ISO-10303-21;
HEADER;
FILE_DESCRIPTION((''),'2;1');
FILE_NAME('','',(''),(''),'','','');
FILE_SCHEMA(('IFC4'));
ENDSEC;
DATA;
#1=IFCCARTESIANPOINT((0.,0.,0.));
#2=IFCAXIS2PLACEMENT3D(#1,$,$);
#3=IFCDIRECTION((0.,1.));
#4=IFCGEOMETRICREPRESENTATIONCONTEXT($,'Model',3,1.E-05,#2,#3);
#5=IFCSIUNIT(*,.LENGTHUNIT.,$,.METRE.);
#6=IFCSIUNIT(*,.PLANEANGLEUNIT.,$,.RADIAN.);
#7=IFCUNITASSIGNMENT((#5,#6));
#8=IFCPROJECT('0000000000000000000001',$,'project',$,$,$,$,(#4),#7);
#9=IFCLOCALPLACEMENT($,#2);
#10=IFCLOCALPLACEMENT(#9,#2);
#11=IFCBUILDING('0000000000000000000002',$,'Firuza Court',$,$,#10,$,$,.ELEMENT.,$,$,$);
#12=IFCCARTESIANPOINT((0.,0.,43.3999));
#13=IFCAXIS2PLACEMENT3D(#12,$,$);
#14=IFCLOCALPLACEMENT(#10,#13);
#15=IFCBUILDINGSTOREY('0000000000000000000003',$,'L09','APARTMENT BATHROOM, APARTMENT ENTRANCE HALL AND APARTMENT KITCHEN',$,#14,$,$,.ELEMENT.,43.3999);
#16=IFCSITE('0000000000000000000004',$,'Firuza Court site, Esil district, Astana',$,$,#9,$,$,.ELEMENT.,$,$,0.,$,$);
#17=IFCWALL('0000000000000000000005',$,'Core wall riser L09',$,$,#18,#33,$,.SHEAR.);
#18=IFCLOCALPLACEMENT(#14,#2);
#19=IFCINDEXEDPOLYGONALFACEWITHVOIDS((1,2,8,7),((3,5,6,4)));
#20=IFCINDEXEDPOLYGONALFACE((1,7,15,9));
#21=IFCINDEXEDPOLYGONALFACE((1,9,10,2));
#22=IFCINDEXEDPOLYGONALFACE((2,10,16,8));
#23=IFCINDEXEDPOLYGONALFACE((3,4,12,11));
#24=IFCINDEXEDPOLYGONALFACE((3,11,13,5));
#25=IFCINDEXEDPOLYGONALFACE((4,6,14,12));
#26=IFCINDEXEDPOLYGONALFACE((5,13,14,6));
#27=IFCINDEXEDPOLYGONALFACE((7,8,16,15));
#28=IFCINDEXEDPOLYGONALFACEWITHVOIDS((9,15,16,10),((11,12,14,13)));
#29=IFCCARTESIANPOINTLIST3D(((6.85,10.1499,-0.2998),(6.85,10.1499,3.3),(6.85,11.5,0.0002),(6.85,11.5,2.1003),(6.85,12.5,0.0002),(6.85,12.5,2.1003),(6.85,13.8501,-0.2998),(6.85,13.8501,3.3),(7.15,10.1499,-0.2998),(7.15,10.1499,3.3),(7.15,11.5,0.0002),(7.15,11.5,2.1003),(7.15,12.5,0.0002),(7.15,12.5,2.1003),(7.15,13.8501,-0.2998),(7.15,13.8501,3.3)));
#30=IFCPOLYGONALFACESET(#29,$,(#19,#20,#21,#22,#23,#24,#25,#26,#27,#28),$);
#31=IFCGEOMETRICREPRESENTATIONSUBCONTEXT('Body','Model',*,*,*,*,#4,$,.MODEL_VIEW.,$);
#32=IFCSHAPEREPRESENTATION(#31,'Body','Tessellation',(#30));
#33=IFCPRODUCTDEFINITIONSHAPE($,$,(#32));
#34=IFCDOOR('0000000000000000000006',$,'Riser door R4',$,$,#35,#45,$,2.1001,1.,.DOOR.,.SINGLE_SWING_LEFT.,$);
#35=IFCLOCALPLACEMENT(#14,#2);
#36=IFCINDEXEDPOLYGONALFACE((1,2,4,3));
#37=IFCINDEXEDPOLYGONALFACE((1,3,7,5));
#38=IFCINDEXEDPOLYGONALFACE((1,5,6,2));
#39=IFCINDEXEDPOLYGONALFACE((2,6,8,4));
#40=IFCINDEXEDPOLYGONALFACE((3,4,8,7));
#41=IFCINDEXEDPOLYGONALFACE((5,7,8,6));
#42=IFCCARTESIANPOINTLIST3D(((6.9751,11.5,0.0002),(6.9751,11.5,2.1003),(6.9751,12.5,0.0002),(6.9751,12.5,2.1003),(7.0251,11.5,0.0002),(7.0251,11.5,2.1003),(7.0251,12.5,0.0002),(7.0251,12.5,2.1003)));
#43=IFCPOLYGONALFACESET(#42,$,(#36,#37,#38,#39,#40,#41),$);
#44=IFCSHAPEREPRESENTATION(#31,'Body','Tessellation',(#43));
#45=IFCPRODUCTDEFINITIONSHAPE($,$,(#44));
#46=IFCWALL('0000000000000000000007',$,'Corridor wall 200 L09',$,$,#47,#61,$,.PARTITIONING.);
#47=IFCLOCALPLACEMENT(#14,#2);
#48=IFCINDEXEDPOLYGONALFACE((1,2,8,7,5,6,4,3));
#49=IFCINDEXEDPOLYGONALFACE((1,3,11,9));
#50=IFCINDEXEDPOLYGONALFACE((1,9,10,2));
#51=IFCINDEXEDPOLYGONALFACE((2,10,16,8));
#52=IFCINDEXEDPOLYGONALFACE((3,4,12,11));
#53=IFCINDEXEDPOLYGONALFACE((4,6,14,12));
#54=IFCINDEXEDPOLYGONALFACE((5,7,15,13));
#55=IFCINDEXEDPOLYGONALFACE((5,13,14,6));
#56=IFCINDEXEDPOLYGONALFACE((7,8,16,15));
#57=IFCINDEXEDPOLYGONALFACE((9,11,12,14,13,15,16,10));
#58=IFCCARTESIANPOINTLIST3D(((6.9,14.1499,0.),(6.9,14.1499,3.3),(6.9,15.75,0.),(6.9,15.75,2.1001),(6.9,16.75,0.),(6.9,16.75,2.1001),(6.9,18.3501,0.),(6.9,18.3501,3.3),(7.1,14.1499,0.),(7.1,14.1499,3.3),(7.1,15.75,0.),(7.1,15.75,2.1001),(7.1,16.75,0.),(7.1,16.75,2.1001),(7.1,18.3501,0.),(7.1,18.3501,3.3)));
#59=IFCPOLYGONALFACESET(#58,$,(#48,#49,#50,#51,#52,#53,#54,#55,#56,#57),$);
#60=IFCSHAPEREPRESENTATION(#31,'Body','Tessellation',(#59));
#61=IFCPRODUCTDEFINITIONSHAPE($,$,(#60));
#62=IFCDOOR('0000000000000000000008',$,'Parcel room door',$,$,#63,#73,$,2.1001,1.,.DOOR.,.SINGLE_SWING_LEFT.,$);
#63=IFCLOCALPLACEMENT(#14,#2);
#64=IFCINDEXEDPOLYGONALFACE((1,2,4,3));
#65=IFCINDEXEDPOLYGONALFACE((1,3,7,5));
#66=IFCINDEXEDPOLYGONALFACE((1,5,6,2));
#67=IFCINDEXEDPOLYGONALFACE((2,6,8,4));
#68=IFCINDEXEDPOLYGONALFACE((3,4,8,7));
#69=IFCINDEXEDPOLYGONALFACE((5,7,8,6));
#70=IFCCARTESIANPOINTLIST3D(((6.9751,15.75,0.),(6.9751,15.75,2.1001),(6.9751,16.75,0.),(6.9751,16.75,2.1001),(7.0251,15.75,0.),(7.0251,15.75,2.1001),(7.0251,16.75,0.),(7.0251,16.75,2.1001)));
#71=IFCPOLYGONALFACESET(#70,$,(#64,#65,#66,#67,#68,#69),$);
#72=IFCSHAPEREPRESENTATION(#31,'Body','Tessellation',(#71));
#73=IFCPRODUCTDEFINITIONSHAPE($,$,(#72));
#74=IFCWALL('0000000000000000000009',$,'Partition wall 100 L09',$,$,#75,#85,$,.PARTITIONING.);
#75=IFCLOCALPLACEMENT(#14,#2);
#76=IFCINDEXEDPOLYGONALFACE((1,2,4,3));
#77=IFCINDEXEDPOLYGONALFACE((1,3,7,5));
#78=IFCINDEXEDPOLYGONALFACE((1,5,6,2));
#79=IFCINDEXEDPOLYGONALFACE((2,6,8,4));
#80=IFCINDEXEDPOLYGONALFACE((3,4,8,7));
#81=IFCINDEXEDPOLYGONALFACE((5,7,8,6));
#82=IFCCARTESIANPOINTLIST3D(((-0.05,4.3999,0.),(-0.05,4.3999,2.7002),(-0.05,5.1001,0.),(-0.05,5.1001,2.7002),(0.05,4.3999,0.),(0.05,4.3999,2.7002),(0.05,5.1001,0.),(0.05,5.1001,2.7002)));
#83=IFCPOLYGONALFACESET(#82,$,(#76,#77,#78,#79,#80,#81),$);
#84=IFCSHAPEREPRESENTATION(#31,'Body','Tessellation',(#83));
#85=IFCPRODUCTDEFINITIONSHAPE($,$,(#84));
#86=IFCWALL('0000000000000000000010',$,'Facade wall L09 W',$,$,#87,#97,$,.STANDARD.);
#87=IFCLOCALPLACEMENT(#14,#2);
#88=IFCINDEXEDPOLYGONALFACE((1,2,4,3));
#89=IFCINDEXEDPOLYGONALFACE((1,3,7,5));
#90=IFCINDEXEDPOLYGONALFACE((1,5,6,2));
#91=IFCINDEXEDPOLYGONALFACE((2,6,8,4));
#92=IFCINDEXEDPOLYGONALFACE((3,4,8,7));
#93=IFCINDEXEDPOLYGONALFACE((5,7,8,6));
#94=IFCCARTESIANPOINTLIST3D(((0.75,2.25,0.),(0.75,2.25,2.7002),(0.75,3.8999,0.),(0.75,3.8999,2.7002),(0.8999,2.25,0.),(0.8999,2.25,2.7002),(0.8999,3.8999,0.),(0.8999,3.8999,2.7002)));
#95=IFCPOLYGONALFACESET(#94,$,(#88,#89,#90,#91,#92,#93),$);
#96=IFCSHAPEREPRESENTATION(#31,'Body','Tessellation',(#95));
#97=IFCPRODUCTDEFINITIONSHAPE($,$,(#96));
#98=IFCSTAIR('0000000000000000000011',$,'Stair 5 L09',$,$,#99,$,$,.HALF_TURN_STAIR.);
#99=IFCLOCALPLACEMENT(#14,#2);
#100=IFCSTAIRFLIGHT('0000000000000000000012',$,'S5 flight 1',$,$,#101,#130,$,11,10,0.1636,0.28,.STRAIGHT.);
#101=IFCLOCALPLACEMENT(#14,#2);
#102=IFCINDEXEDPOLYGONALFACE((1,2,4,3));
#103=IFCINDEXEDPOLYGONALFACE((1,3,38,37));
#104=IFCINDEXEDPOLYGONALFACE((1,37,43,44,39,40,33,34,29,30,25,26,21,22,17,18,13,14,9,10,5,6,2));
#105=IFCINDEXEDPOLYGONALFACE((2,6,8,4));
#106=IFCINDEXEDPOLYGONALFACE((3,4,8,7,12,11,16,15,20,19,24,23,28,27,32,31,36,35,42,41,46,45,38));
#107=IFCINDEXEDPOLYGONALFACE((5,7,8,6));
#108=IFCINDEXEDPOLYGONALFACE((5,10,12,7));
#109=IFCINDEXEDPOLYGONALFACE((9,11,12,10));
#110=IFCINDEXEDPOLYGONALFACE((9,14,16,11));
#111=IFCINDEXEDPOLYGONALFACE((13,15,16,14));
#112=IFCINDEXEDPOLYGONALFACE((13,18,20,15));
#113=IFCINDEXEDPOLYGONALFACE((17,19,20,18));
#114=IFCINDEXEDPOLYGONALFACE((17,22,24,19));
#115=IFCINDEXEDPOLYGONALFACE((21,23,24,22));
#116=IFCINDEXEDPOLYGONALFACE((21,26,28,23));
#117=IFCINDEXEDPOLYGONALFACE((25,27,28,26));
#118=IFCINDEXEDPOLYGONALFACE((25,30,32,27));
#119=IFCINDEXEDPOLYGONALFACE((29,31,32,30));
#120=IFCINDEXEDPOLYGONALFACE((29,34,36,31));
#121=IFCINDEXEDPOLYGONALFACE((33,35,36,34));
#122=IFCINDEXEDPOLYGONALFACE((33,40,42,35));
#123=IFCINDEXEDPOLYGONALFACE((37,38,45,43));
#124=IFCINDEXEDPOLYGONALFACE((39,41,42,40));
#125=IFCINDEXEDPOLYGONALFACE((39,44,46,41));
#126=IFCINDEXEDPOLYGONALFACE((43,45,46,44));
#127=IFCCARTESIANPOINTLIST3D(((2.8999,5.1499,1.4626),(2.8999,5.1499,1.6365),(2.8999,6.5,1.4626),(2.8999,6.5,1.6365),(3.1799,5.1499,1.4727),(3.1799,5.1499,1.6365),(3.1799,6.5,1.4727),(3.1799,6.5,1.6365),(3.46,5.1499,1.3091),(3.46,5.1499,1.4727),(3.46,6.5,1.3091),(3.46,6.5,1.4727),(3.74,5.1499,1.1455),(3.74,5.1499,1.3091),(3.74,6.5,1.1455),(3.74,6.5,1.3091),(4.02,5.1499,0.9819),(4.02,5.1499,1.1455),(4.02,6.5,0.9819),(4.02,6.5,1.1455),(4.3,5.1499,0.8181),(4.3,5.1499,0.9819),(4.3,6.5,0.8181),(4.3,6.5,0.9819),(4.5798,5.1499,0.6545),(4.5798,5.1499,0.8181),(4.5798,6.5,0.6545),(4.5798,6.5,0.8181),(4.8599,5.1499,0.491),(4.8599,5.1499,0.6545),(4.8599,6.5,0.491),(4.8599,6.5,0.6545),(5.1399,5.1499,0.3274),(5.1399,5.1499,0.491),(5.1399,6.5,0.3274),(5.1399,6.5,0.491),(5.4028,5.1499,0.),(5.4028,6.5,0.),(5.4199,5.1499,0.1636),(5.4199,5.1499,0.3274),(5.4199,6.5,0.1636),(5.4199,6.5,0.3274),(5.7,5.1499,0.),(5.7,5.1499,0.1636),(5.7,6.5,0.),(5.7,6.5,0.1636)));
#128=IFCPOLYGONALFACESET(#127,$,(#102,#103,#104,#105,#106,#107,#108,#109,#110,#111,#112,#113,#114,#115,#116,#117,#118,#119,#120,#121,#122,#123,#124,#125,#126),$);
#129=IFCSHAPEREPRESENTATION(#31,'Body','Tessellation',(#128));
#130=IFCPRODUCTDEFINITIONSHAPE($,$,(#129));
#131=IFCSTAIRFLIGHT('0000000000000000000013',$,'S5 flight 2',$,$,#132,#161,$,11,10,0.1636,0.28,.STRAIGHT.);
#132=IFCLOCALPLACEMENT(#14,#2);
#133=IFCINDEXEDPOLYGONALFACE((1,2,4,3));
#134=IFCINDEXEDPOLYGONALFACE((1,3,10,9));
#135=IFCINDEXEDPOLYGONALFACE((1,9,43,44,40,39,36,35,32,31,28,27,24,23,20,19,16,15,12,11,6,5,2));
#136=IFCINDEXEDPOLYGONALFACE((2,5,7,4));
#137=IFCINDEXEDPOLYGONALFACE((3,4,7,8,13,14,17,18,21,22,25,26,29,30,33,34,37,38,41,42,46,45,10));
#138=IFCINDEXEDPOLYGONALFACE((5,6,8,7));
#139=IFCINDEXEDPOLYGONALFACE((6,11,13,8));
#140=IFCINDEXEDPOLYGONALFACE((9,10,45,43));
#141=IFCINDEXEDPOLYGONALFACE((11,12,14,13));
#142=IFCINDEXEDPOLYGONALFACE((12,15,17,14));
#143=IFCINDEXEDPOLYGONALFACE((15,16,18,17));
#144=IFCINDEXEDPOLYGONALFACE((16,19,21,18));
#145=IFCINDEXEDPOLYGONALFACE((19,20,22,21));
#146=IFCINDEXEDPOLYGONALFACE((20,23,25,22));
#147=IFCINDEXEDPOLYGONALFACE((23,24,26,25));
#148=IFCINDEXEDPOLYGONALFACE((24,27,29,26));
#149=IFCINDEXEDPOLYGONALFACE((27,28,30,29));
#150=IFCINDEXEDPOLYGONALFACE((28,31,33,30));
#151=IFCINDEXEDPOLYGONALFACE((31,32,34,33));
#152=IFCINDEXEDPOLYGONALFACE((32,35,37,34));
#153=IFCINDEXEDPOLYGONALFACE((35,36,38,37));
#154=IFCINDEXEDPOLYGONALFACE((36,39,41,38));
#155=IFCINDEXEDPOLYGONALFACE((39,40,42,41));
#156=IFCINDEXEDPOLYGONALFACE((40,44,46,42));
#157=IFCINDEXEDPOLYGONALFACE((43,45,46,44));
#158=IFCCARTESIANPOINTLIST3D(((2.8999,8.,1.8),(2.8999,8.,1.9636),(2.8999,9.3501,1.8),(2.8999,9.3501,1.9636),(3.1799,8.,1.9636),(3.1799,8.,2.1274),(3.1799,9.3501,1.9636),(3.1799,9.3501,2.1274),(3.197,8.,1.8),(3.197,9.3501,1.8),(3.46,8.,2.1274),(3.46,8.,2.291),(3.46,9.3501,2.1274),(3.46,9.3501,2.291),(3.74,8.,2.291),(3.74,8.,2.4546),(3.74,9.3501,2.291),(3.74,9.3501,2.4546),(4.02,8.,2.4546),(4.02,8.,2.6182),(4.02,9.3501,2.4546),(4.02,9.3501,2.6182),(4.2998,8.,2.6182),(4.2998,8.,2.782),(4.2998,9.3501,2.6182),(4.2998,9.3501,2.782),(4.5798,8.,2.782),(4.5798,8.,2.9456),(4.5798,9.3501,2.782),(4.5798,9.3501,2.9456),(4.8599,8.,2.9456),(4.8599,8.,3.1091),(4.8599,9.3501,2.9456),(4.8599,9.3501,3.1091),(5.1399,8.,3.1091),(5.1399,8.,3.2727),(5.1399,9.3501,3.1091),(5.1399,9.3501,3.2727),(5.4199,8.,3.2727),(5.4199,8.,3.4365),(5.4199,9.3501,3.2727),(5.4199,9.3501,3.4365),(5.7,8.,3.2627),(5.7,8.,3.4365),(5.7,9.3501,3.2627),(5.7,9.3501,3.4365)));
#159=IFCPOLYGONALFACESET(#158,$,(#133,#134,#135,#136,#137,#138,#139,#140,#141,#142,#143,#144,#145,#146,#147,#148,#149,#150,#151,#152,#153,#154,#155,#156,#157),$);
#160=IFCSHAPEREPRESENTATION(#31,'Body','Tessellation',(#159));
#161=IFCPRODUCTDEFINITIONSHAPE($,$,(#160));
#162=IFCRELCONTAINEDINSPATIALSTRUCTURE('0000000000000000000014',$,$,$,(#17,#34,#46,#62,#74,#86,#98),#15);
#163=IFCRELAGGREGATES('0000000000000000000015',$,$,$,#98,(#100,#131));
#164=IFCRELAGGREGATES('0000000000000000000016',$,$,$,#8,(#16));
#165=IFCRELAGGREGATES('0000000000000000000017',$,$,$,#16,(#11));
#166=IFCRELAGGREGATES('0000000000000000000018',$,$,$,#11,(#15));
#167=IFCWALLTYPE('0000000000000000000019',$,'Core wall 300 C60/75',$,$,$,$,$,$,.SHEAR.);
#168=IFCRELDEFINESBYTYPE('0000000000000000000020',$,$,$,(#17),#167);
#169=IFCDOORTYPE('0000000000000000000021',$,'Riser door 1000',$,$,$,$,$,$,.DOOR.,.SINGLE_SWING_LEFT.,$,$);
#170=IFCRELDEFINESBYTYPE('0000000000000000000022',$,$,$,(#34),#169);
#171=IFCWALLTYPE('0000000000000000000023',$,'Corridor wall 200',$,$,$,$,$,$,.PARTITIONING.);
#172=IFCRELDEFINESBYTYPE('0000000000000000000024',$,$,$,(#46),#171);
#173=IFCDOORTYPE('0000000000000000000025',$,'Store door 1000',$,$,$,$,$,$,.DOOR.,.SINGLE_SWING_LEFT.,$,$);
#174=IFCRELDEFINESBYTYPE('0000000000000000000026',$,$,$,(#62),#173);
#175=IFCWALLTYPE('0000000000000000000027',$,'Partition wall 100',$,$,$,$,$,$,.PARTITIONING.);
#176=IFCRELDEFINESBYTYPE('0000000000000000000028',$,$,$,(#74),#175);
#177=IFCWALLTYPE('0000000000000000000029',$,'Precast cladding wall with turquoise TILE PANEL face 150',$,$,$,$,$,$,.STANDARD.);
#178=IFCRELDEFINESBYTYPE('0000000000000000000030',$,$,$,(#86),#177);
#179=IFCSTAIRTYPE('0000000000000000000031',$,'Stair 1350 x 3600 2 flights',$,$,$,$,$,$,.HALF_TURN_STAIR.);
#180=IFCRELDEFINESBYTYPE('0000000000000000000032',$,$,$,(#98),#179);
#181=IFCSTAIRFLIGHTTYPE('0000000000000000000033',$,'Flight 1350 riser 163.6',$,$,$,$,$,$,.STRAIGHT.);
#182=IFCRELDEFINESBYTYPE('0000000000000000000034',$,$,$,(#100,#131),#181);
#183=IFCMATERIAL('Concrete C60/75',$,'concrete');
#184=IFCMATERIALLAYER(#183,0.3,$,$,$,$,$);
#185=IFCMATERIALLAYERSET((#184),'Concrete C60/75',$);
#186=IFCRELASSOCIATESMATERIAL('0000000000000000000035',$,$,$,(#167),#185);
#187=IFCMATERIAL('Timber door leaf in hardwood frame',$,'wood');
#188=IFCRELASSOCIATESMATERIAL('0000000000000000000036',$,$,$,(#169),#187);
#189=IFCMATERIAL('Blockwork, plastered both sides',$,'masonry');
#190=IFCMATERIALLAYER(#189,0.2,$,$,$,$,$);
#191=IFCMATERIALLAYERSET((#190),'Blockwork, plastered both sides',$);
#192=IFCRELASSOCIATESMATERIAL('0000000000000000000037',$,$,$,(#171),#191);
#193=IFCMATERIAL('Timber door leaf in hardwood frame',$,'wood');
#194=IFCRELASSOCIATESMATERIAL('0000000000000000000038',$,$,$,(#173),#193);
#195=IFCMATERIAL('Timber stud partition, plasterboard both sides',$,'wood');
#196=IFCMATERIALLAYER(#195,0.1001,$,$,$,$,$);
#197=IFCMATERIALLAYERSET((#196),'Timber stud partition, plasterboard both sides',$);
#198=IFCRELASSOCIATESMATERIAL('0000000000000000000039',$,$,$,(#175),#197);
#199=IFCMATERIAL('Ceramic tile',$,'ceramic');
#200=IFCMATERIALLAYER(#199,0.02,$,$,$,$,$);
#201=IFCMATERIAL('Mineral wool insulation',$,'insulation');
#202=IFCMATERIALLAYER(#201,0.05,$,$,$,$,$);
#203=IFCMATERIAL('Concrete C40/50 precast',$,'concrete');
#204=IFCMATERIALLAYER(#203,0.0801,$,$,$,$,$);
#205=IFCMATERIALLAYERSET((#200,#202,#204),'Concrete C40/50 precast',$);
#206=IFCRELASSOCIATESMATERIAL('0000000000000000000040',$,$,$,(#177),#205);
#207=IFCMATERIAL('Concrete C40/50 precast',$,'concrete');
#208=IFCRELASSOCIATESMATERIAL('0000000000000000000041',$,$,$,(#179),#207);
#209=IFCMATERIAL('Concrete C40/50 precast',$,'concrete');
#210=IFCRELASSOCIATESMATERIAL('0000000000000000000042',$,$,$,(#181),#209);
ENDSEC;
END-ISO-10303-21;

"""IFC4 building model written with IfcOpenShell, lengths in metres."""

from ifc_helpers import new_model, si_unit, direction, frame, frame_2d, origin, place, context, subcontext, project, spatial, polyline, rectangle, outline, extrude, material, layer, layer_set, type_object, element, fill, aggregate, save


model = new_model("IFC4")

# Units and contexts
model_context = context("Model", 3, precision=1e-05, world=origin(), true_north=direction((0.0, 1.0)))
body_context = subcontext(model_context, "Body", "Model", "MODEL_VIEW")
ifc_project = project(units=[si_unit("LENGTHUNIT", "METRE"), si_unit("PLANEANGLEUNIT", "RADIAN")], contexts=[model_context])

# Site, building, storey
site_placement = place(None, origin())
site = spatial("IfcSite", under=ifc_project, at=site_placement, Name="Firuza Court site, Esil district, Astana", CompositionType="ELEMENT", RefElevation=0.0)
building_placement = place(site_placement, origin())
building = spatial("IfcBuilding", under=site, at=building_placement, Name="Firuza Court", CompositionType="ELEMENT")
storey_placement = place(building_placement, frame((0.0, 0.0, 43.3999)))
storey = spatial("IfcBuildingStorey", under=building, at=storey_placement, Name="L09", Description="APARTMENT BATHROOM, APARTMENT ENTRANCE HALL AND APARTMENT KITCHEN", CompositionType="ELEMENT", Elevation=43.3999)

# Shared definitions
ifc_material_1 = material(Name="Concrete C60/75", Category="concrete")
ifc_layer_1 = layer(ifc_material_1, 0.3)
ifc_layer_set_1 = layer_set([ifc_layer_1], Name="Concrete C60/75")
wall_type_1 = type_object("IfcWallType", Name="Core wall 300 C60/75", PredefinedType="SHEAR", material=ifc_layer_set_1)

# Walls, openings, doors
wall_1_placement = place(storey_placement, frame((7.0, 10.1499, -0.2998), z_axis=(0.0, 0.0, 1.0), x_axis=(0.0, 1.0, 0.0)))
wall_1 = element("IfcWall", 1, at=wall_1_placement, inside=storey, type_object=wall_type_1, Name="Core wall riser L09", PredefinedType="SHEAR", context=body_context, shape_type="SweptSolid", body=[
    extrude(rectangle(XDim=3.7002, YDim=0.3, at=frame_2d((1.8501, 0.0))), origin(), (0.0, 0.0, 1.0), 3.5999),
])
opening_1_placement = place(wall_1_placement, frame((1.3501, 0.0, 0.3)))
opening_1 = element("IfcOpeningElement", 2, at=opening_1_placement, cuts=wall_1, PredefinedType="OPENING", context=body_context, shape_type="SweptSolid", body=[
    extrude(rectangle(XDim=1.0, YDim=2.1001, at=frame_2d((0.5, 1.05))), frame((0.0, 0.1621, 0.0), z_axis=(0.0, -1.0, 0.0), x_axis=(1.0, 0.0, 0.0)), (0.0, 0.0, 1.0), 0.324),
])
ifc_material_2 = material(Name="Timber door leaf in hardwood frame", Category="wood")
door_type_1 = type_object("IfcDoorType", Name="Riser door 1000", OperationType="SINGLE_SWING_LEFT", PredefinedType="DOOR", material=ifc_material_2)
door_1_placement = place(opening_1_placement, origin())
door_1 = element("IfcDoor", 3, at=door_1_placement, inside=storey, type_object=door_type_1, Name="Riser door R4", OperationType="SINGLE_SWING_LEFT", OverallHeight=2.1001, OverallWidth=1.0, PredefinedType="DOOR", context=body_context, shape_type="SweptSolid", body=[
    extrude(rectangle(XDim=1.0, YDim=2.1001, at=frame_2d((0.5, 1.05))), frame((0.0, 0.0249, 0.0), z_axis=(0.0, -1.0, 0.0), x_axis=(1.0, 0.0, 0.0)), (0.0, 0.0, 1.0), 0.05),
])
fill(opening_1, door_1)
ifc_material_3 = material(Name="Blockwork, plastered both sides", Category="masonry")
ifc_layer_2 = layer(ifc_material_3, 0.2)
ifc_layer_set_2 = layer_set([ifc_layer_2], Name="Blockwork, plastered both sides")
wall_type_2 = type_object("IfcWallType", Name="Corridor wall 200", PredefinedType="PARTITIONING", material=ifc_layer_set_2)
wall_2_placement = place(storey_placement, frame((7.0, 14.1499, 0.0), z_axis=(0.0, 0.0, 1.0), x_axis=(0.0, 1.0, 0.0)))
wall_2 = element("IfcWall", 4, at=wall_2_placement, inside=storey, type_object=wall_type_2, Name="Corridor wall 200 L09", PredefinedType="PARTITIONING", context=body_context, shape_type="SweptSolid", body=[
    extrude(rectangle(XDim=4.2002, YDim=0.2, at=frame_2d((2.1001, 0.0))), origin(), (0.0, 0.0, 1.0), 3.3),
])
opening_2_placement = place(wall_2_placement, frame((1.6001, 0.0, 0.0)))
opening_2 = element("IfcOpeningElement", 5, at=opening_2_placement, cuts=wall_2, PredefinedType="OPENING", context=body_context, shape_type="SweptSolid", body=[
    extrude(rectangle(XDim=1.0, YDim=2.1001, at=frame_2d((0.5, 1.05))), frame((0.0, 0.1118, 0.0), z_axis=(0.0, -1.0, 0.0), x_axis=(1.0, 0.0, 0.0)), (0.0, 0.0, 1.0), 0.2239),
])
ifc_material_4 = material(Name="Timber door leaf in hardwood frame", Category="wood")
door_type_2 = type_object("IfcDoorType", Name="Store door 1000", OperationType="SINGLE_SWING_LEFT", PredefinedType="DOOR", material=ifc_material_4)
door_2_placement = place(opening_2_placement, origin())
door_2 = element("IfcDoor", 6, at=door_2_placement, inside=storey, type_object=door_type_2, Name="Parcel room door", OperationType="SINGLE_SWING_LEFT", OverallHeight=2.1001, OverallWidth=1.0, PredefinedType="DOOR", context=body_context, shape_type="SweptSolid", body=[
    extrude(rectangle(XDim=1.0, YDim=2.1001, at=frame_2d((0.5, 1.05))), frame((0.0, 0.0249, 0.0), z_axis=(0.0, -1.0, 0.0), x_axis=(1.0, 0.0, 0.0)), (0.0, 0.0, 1.0), 0.05),
])
fill(opening_2, door_2)

# Walls
ifc_material_5 = material(Name="Timber stud partition, plasterboard both sides", Category="wood")
ifc_layer_3 = layer(ifc_material_5, 0.1001)
ifc_layer_set_3 = layer_set([ifc_layer_3], Name="Timber stud partition, plasterboard both sides")
wall_type_3 = type_object("IfcWallType", Name="Partition wall 100", PredefinedType="PARTITIONING", material=ifc_layer_set_3)
wall_3_placement = place(storey_placement, frame((0.0, 4.3999, 0.0), z_axis=(0.0, 0.0, 1.0), x_axis=(0.0, 1.0, 0.0)))
element("IfcWall", 7, at=wall_3_placement, inside=storey, type_object=wall_type_3, Name="Partition wall 100 L09", PredefinedType="PARTITIONING", context=body_context, shape_type="SweptSolid", body=[
    extrude(rectangle(XDim=0.7002, YDim=0.1001, at=frame_2d((0.3501, 0.0))), origin(), (0.0, 0.0, 1.0), 2.7002),
])
ifc_material_6 = material(Name="Ceramic tile", Category="ceramic")
ifc_layer_4 = layer(ifc_material_6, 0.02)
ifc_material_7 = material(Name="Mineral wool insulation", Category="insulation")
ifc_layer_5 = layer(ifc_material_7, 0.05)
ifc_material_8 = material(Name="Concrete C40/50 precast", Category="concrete")
ifc_layer_6 = layer(ifc_material_8, 0.0801)
ifc_layer_set_4 = layer_set([ifc_layer_4, ifc_layer_5, ifc_layer_6], Name="Concrete C40/50 precast")
wall_type_4 = type_object("IfcWallType", Name="Precast cladding wall with turquoise TILE PANEL face 150", PredefinedType="STANDARD", material=ifc_layer_set_4)
wall_4_placement = place(storey_placement, frame((0.825, 3.8999, 0.0), z_axis=(0.0, 0.0, 1.0), x_axis=(0.0, -1.0, 0.0)))
element("IfcWall", 8, at=wall_4_placement, inside=storey, type_object=wall_type_4, Name="Facade wall L09 W", PredefinedType="STANDARD", context=body_context, shape_type="SweptSolid", body=[
    extrude(rectangle(XDim=1.6499, YDim=0.1499, at=frame_2d((0.825, 0.0))), origin(), (0.0, 0.0, 1.0), 2.7002),
])

# Stair, stair flights
ifc_material_9 = material(Name="Concrete C40/50 precast", Category="concrete")
stair_type = type_object("IfcStairType", Name="Stair 1350 x 3600 2 flights", PredefinedType="HALF_TURN_STAIR", material=ifc_material_9)
stair_placement = place(storey_placement, origin())
stair = element("IfcStair", 9, at=stair_placement, inside=storey, type_object=stair_type, Name="Stair 5 L09", PredefinedType="HALF_TURN_STAIR")
ifc_material_10 = material(Name="Concrete C40/50 precast", Category="concrete")
stair_flight_type = type_object("IfcStairFlightType", Name="Flight 1350 riser 163.6", PredefinedType="STRAIGHT", material=ifc_material_10)
stair_flight_1_placement = place(storey_placement, frame((5.7, 5.825, 0.0), z_axis=(0.0, 0.0, 1.0), x_axis=(-1.0, 0.0, 0.0)))
stair_flight_1 = element("IfcStairFlight", 10, at=stair_flight_1_placement, type_object=stair_flight_type, Name="S5 flight 1", NumberOfRisers=11, NumberOfTreads=10, PredefinedType="STRAIGHT", RiserHeight=0.1636, TreadLength=0.28, context=body_context, shape_type="SweptSolid", body=[
    extrude(outline(polyline([(0.0, 0.0), (0.0, 0.1636), (0.28, 0.1636), (0.28, 0.3274), (0.5601, 0.3274), (0.5601, 0.491), (0.8401, 0.491), (0.8401, 0.6545), (1.1201, 0.6545), (1.1201, 0.8181), (1.3999, 0.8181), (1.3999, 0.9819), (1.6799, 0.9819), (1.6799, 1.1455), (1.96, 1.1455), (1.96, 1.3091), (2.24, 1.3091), (2.24, 1.4727), (2.52, 1.4727), (2.52, 1.6365), (2.8, 1.6365), (2.8, 1.8), (2.8, 1.4626), (0.2971, 0.0), (0.0, 0.0)])), frame((0.0, 0.675, 0.0), z_axis=(0.0, -1.0, 0.0), x_axis=(1.0, 0.0, 0.0)), (0.0, 0.0, 1.0), 1.3501),
])
stair_flight_2_placement = place(storey_placement, frame((2.8999, 8.675, 1.8), z_axis=(0.0, 0.0, 1.0), x_axis=(1.0, 0.0, 0.0)))
stair_flight_2 = element("IfcStairFlight", 11, at=stair_flight_2_placement, type_object=stair_flight_type, Name="S5 flight 2", NumberOfRisers=11, NumberOfTreads=10, PredefinedType="STRAIGHT", RiserHeight=0.1636, TreadLength=0.28, context=body_context, shape_type="SweptSolid", body=[
    extrude(outline(polyline([(0.0, 0.0), (0.0, 0.1636), (0.28, 0.1636), (0.28, 0.3274), (0.5601, 0.3274), (0.5601, 0.491), (0.8401, 0.491), (0.8401, 0.6545), (1.1201, 0.6545), (1.1201, 0.8181), (1.3999, 0.8181), (1.3999, 0.9819), (1.6799, 0.9819), (1.6799, 1.1455), (1.96, 1.1455), (1.96, 1.3091), (2.24, 1.3091), (2.24, 1.4727), (2.52, 1.4727), (2.52, 1.6365), (2.8, 1.6365), (2.8, 1.8), (2.8, 1.4626), (0.2971, 0.0), (0.0, 0.0)])), frame((0.0, 0.675, 0.0), z_axis=(0.0, -1.0, 0.0), x_axis=(1.0, 0.0, 0.0)), (0.0, 0.0, 1.0), 1.3501),
])
aggregate(stair, [stair_flight_1, stair_flight_2])

save(model, "model.ifc")
